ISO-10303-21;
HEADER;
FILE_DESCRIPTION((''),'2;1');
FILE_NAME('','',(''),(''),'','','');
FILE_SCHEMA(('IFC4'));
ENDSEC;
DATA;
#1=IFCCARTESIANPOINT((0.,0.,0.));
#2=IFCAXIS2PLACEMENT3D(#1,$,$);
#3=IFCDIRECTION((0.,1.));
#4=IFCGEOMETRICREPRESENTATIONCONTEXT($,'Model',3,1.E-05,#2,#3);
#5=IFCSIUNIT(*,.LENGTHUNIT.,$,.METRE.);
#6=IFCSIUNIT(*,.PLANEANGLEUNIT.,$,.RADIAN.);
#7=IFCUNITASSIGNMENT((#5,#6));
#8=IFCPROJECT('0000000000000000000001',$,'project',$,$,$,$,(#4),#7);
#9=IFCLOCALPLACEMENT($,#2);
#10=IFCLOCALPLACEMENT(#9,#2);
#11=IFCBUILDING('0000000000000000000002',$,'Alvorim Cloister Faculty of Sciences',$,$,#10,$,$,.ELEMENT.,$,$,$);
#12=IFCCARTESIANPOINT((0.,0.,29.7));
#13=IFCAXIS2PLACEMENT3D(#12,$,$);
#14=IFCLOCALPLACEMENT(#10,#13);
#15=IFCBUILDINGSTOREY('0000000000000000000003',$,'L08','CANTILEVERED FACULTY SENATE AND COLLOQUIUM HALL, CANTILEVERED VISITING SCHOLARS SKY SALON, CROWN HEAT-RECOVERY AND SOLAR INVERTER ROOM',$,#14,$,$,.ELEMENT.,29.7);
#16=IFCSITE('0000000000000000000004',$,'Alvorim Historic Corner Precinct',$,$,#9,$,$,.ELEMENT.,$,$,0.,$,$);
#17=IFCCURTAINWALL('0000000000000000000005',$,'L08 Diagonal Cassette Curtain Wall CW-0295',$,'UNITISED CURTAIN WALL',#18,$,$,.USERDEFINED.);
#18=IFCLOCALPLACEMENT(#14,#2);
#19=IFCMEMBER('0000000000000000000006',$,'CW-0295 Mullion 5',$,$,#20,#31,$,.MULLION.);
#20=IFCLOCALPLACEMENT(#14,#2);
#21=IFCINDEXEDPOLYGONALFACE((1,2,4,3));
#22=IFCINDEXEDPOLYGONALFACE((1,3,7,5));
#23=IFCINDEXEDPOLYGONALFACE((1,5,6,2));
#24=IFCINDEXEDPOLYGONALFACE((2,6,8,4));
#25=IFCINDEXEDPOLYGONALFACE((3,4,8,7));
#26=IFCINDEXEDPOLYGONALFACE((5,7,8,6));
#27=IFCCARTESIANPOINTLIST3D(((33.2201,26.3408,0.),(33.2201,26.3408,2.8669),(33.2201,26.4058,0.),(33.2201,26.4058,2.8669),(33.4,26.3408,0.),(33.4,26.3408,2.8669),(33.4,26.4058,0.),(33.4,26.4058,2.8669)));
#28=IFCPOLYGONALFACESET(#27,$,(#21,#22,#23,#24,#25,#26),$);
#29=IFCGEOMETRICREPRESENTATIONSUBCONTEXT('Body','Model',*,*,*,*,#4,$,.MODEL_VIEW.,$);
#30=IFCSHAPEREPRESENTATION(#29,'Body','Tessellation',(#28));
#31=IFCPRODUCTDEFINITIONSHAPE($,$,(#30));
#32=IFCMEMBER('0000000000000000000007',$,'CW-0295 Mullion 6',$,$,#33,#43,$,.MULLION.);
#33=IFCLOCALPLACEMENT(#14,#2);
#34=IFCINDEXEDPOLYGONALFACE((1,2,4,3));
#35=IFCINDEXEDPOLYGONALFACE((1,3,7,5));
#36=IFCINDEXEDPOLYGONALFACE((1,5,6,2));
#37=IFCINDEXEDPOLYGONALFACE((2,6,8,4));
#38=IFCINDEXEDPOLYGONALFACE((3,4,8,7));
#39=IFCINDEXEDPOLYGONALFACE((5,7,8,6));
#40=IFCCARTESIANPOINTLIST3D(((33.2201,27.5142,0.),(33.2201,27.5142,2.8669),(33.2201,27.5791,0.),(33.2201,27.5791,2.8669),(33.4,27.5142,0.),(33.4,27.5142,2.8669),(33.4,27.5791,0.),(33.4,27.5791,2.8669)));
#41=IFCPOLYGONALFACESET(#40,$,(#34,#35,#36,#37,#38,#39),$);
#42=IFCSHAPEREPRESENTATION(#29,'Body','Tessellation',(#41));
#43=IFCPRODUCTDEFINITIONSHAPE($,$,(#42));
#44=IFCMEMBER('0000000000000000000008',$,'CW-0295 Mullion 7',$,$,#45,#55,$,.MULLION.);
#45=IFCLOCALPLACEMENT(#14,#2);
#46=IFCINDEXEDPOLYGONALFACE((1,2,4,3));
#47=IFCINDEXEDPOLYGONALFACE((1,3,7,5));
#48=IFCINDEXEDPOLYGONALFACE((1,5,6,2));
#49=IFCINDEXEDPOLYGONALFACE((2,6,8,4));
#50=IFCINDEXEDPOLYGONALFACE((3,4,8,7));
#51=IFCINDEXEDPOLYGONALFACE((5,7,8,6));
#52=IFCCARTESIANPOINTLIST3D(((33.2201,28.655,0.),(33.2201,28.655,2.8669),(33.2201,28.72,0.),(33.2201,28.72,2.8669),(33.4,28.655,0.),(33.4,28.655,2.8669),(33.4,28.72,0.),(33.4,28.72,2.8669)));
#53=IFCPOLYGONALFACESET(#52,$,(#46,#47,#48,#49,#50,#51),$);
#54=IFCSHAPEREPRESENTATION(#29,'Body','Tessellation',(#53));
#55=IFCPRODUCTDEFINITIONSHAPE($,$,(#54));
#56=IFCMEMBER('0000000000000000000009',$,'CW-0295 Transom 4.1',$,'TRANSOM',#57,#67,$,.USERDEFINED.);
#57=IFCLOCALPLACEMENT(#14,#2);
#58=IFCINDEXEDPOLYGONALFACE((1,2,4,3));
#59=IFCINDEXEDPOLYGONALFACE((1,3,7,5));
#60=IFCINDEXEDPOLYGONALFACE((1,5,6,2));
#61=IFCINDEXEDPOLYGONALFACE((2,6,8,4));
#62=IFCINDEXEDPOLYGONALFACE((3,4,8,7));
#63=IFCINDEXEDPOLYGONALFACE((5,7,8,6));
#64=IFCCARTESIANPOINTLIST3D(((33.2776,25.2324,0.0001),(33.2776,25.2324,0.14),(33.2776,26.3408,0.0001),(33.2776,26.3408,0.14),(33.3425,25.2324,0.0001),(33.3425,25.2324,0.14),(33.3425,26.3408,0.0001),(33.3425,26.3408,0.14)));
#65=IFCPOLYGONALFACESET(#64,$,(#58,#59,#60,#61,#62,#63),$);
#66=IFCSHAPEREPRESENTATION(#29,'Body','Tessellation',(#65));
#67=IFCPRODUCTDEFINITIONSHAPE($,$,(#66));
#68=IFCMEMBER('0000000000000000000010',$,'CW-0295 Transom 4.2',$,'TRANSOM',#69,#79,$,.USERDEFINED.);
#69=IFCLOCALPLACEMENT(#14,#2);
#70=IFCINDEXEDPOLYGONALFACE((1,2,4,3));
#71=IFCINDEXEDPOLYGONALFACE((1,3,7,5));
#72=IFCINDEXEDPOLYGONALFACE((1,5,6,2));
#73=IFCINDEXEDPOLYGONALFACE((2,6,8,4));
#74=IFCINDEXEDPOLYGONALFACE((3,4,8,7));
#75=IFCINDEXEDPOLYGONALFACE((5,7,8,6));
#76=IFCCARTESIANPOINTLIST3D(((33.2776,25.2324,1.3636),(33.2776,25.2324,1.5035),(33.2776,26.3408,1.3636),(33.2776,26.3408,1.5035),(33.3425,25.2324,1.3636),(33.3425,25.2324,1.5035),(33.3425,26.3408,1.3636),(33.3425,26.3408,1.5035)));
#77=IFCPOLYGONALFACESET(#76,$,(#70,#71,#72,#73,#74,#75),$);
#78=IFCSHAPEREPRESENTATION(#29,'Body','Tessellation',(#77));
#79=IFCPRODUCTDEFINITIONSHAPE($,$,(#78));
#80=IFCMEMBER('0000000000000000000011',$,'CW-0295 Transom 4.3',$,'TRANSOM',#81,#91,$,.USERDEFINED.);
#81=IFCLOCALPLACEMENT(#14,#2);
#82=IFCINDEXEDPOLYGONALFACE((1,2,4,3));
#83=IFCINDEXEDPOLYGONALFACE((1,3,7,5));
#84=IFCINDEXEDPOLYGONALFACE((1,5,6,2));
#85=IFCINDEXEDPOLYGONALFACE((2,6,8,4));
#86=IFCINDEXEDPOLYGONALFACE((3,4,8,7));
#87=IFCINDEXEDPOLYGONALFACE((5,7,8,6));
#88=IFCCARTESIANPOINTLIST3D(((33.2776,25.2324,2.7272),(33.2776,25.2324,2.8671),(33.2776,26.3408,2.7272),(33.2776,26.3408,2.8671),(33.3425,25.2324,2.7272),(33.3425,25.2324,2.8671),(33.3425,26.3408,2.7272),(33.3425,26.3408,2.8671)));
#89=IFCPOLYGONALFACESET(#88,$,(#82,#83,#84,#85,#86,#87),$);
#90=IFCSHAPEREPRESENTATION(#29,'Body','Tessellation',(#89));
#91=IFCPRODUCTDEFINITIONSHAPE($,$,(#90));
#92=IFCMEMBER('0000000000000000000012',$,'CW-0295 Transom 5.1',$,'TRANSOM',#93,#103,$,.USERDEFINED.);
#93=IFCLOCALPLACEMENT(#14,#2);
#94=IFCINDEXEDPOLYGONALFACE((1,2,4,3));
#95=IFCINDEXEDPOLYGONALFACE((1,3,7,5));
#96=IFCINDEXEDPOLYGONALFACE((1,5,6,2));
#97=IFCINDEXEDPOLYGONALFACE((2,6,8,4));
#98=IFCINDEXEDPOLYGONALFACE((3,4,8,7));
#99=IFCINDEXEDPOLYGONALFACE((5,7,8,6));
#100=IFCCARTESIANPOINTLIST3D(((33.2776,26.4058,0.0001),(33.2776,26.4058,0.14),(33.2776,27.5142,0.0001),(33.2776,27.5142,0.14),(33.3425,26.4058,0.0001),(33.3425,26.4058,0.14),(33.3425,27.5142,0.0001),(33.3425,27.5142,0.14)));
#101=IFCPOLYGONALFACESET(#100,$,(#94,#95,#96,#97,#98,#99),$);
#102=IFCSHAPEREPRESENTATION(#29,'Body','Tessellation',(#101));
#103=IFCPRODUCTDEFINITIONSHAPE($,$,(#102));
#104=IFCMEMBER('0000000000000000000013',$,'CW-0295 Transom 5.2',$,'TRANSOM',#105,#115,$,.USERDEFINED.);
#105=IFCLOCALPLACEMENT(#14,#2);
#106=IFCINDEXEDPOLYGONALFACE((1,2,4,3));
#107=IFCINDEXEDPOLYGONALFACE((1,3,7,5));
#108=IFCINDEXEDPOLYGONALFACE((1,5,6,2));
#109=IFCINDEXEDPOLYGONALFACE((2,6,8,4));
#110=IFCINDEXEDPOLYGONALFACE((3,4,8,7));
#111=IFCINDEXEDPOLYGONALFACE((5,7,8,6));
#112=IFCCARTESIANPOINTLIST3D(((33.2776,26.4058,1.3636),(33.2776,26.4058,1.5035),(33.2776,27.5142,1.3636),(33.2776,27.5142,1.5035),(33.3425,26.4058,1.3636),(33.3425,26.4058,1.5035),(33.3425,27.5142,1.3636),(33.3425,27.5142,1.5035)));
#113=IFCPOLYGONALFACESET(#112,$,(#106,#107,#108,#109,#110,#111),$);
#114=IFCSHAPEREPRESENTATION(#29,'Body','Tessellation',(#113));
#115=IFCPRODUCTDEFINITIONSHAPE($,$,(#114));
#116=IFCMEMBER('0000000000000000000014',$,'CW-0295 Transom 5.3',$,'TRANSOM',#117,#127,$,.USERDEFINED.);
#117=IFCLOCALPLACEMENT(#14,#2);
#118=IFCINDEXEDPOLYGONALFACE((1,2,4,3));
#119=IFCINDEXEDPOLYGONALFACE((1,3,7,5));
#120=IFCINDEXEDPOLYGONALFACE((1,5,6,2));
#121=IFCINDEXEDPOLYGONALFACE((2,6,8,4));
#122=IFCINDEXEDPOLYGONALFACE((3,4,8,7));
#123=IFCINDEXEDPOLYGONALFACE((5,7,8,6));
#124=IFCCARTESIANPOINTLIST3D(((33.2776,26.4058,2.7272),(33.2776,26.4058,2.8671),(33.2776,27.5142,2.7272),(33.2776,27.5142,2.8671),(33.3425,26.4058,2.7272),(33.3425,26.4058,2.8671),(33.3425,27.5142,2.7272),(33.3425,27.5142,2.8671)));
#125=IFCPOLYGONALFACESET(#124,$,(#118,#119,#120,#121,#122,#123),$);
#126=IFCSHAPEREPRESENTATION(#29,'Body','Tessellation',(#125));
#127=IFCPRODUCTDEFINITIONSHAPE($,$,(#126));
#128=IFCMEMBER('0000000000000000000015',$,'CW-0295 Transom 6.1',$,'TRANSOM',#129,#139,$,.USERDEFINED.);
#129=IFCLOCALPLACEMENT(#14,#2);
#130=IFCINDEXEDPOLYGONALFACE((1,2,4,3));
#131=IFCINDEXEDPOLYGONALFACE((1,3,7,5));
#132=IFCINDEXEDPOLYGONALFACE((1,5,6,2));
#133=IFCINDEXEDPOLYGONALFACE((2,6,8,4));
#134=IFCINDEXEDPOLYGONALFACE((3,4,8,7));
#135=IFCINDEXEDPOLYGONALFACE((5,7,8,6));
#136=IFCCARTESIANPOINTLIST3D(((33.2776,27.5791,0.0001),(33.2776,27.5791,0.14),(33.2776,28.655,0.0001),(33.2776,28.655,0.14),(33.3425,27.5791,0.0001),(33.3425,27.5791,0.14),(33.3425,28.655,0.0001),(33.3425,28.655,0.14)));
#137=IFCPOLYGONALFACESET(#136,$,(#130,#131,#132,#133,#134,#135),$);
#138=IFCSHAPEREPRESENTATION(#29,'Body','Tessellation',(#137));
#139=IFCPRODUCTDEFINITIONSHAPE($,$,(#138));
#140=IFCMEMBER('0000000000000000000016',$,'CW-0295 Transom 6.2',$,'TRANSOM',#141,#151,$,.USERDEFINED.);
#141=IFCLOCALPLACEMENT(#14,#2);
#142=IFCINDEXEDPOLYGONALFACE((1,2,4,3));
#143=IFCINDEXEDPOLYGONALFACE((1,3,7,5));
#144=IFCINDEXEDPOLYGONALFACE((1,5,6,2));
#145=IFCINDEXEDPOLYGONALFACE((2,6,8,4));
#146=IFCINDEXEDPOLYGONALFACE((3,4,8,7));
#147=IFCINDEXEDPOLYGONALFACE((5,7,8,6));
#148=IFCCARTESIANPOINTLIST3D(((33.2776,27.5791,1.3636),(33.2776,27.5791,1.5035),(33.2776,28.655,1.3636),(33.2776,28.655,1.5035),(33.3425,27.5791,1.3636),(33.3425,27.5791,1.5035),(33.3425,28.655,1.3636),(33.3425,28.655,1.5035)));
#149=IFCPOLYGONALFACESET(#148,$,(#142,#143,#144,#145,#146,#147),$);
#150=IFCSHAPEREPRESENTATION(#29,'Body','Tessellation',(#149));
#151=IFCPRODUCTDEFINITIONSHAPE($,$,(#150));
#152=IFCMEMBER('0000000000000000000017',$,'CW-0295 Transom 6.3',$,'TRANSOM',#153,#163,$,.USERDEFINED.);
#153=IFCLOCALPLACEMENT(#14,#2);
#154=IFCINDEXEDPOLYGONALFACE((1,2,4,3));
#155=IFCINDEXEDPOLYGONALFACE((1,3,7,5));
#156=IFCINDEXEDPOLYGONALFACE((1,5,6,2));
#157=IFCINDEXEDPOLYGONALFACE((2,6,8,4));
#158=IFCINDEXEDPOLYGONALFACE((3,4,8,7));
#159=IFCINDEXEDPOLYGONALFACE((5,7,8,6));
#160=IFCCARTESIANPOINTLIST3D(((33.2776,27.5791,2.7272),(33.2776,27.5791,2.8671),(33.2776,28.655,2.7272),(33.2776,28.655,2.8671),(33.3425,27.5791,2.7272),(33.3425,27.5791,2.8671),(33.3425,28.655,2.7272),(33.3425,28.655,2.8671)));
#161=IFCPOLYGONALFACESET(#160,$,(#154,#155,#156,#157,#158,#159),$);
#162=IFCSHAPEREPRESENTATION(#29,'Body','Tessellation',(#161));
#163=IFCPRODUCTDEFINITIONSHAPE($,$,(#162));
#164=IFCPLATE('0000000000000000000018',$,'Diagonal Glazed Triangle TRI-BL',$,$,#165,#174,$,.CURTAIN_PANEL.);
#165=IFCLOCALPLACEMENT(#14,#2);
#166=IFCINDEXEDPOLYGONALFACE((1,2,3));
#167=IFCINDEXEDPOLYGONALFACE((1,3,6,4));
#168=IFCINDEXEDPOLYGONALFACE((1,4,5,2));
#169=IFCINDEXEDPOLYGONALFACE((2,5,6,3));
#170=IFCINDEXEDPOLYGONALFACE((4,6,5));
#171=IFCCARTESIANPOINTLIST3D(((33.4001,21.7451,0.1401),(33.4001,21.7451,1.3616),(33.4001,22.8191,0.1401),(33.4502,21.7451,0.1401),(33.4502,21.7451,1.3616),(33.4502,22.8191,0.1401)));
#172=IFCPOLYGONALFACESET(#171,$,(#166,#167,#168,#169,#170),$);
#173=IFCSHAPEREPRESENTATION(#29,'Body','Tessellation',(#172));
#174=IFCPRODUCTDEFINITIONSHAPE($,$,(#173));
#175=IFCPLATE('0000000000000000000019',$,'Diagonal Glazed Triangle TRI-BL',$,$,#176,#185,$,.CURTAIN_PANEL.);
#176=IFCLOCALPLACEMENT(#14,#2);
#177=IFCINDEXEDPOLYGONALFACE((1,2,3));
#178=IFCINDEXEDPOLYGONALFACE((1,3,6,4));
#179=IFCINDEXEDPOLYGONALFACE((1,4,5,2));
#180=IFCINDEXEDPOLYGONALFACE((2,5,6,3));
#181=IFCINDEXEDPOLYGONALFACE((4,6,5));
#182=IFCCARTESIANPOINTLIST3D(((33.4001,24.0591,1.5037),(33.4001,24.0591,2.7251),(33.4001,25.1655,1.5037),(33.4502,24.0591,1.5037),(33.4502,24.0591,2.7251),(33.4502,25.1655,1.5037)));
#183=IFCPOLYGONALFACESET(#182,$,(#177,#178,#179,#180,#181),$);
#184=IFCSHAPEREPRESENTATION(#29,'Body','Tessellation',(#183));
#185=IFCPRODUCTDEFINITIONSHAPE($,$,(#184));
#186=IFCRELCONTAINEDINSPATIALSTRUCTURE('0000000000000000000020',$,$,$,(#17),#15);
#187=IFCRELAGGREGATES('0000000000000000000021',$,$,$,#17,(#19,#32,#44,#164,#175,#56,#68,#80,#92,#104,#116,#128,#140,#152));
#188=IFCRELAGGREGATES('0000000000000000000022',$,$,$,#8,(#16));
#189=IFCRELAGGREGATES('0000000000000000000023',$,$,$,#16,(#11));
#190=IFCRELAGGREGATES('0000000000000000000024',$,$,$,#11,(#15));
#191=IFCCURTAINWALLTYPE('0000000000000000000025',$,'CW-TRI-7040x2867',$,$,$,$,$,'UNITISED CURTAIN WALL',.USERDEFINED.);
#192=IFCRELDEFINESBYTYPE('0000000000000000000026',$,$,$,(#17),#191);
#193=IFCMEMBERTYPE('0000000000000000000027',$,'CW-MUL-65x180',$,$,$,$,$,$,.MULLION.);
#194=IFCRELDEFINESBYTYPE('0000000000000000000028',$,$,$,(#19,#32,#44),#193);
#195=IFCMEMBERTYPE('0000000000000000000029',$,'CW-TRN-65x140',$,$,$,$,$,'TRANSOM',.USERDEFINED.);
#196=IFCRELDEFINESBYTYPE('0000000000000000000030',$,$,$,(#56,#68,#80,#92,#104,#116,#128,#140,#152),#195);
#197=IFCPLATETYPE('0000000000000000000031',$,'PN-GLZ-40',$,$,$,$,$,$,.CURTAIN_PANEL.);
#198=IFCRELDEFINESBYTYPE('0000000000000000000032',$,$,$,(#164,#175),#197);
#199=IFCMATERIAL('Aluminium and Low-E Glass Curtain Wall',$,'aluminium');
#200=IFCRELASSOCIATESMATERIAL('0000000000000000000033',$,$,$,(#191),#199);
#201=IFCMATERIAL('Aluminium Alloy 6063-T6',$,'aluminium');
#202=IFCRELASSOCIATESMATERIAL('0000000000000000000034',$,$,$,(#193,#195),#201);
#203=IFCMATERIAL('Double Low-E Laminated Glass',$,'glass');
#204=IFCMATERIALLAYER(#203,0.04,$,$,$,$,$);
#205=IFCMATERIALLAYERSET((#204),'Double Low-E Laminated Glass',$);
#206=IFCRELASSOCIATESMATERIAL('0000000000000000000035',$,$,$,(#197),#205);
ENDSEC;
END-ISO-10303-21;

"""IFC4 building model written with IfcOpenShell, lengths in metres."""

from ifc_helpers import new_model, si_unit, direction, frame, origin, origin_2d, place, context, subcontext, project, spatial, polyline, rectangle, outline, extrude, material, layer, layer_set, material_profile, profile_set, type_object, element, aggregate, save


model = new_model("IFC4")

# Units and contexts
model_context = context("Model", 3, precision=1e-05, world=origin(), true_north=direction((0.0, 1.0)))
body_context = subcontext(model_context, "Body", "Model", "MODEL_VIEW")
ifc_project = project(units=[si_unit("LENGTHUNIT", "METRE"), si_unit("PLANEANGLEUNIT", "RADIAN")], contexts=[model_context])

# Site, building, storey
site_placement = place(None, origin())
site = spatial("IfcSite", under=ifc_project, at=site_placement, Name="Alvorim Historic Corner Precinct", CompositionType="ELEMENT", RefElevation=0.0)
building_placement = place(site_placement, origin())
building = spatial("IfcBuilding", under=site, at=building_placement, Name="Alvorim Cloister Faculty of Sciences", CompositionType="ELEMENT")
storey_placement = place(building_placement, frame((0.0, 0.0, 29.7)))
storey = spatial("IfcBuildingStorey", under=building, at=storey_placement, Name="L08", Description="CANTILEVERED FACULTY SENATE AND COLLOQUIUM HALL, CANTILEVERED VISITING SCHOLARS SKY SALON, CROWN HEAT-RECOVERY AND SOLAR INVERTER ROOM", CompositionType="ELEMENT", Elevation=29.7)

# Curtain wall, members, plates
ifc_material_1 = material(Name="Aluminium and Low-E Glass Curtain Wall", Category="aluminium")
curtain_wall_type = type_object("IfcCurtainWallType", Name="CW-TRI-7040x2867", ElementType="UNITISED CURTAIN WALL", PredefinedType="USERDEFINED", material=ifc_material_1)
curtain_wall_placement = place(storey_placement, origin())
curtain_wall = element("IfcCurtainWall", 1, at=curtain_wall_placement, inside=storey, type_object=curtain_wall_type, Name="L08 Diagonal Cassette Curtain Wall CW-0295", ObjectType="UNITISED CURTAIN WALL", PredefinedType="USERDEFINED")
ifc_material_2 = material(Name="Aluminium Alloy 6063-T6", Category="aluminium")
ifc_material_profile_1 = material_profile(ifc_material_2, rectangle(XDim=0.0649, YDim=0.1799, at=origin_2d()), Name="ALU-MUL-65x180")
ifc_profile_set_1 = profile_set([ifc_material_profile_1], Name="Aluminium Alloy 6063-T6")
member_type_1 = type_object("IfcMemberType", Name="CW-MUL-65x180", PredefinedType="MULLION", material=ifc_profile_set_1)
member_1_placement = place(storey_placement, frame((33.3101, 26.3733, 0.0), z_axis=(0.0, 0.0, 1.0), x_axis=(0.0, 1.0, 0.0)))
member_1 = element("IfcMember", 2, at=member_1_placement, type_object=member_type_1, Name="CW-0295 Mullion 5", PredefinedType="MULLION", context=body_context, shape_type="SweptSolid", body=[
    extrude(rectangle(XDim=0.0649, YDim=0.1799, at=origin_2d()), origin(), (0.0, 0.0, 1.0), 2.8669),
])
member_2_placement = place(storey_placement, frame((33.3101, 27.5466, 0.0), z_axis=(0.0, 0.0, 1.0), x_axis=(0.0, 1.0, 0.0)))
member_2 = element("IfcMember", 3, at=member_2_placement, type_object=member_type_1, Name="CW-0295 Mullion 6", PredefinedType="MULLION", context=body_context, shape_type="SweptSolid", body=[
    extrude(rectangle(XDim=0.0649, YDim=0.1799, at=origin_2d()), origin(), (0.0, 0.0, 1.0), 2.8669),
])
member_3_placement = place(storey_placement, frame((33.3101, 28.6875, 0.0), z_axis=(0.0, 0.0, 1.0), x_axis=(0.0, 1.0, 0.0)))
member_3 = element("IfcMember", 4, at=member_3_placement, type_object=member_type_1, Name="CW-0295 Mullion 7", PredefinedType="MULLION", context=body_context, shape_type="SweptSolid", body=[
    extrude(rectangle(XDim=0.0649, YDim=0.1799, at=origin_2d()), origin(), (0.0, 0.0, 1.0), 2.8669),
])
ifc_material_profile_2 = material_profile(ifc_material_2, rectangle(XDim=0.0649, YDim=0.1399, at=origin_2d()), Name="ALU-TRN-65x140")
ifc_profile_set_2 = profile_set([ifc_material_profile_2], Name="Aluminium Alloy 6063-T6")
member_type_2 = type_object("IfcMemberType", Name="CW-TRN-65x140", ElementType="TRANSOM", PredefinedType="USERDEFINED", material=ifc_profile_set_2)
member_4_placement = place(storey_placement, frame((33.3101, 25.2324, 0.0701), z_axis=(0.0, 1.0, 0.0), x_axis=(-1.0, 0.0, 0.0)))
member_4 = element("IfcMember", 5, at=member_4_placement, type_object=member_type_2, Name="CW-0295 Transom 4.1", ObjectType="TRANSOM", PredefinedType="USERDEFINED", context=body_context, shape_type="SweptSolid", body=[
    extrude(rectangle(XDim=0.0649, YDim=0.1399, at=origin_2d()), origin(), (0.0, 0.0, 1.0), 1.1084),
])
member_5_placement = place(storey_placement, frame((33.3101, 25.2324, 1.4336), z_axis=(0.0, 1.0, 0.0), x_axis=(-1.0, 0.0, 0.0)))
member_5 = element("IfcMember", 6, at=member_5_placement, type_object=member_type_2, Name="CW-0295 Transom 4.2", ObjectType="TRANSOM", PredefinedType="USERDEFINED", context=body_context, shape_type="SweptSolid", body=[
    extrude(rectangle(XDim=0.0649, YDim=0.1399, at=origin_2d()), origin(), (0.0, 0.0, 1.0), 1.1084),
])
member_6_placement = place(storey_placement, frame((33.3101, 25.2324, 2.7971), z_axis=(0.0, 1.0, 0.0), x_axis=(-1.0, 0.0, 0.0)))
member_6 = element("IfcMember", 7, at=member_6_placement, type_object=member_type_2, Name="CW-0295 Transom 4.3", ObjectType="TRANSOM", PredefinedType="USERDEFINED", context=body_context, shape_type="SweptSolid", body=[
    extrude(rectangle(XDim=0.0649, YDim=0.1399, at=origin_2d()), origin(), (0.0, 0.0, 1.0), 1.1084),
])
member_7_placement = place(storey_placement, frame((33.3101, 26.4058, 0.0701), z_axis=(0.0, 1.0, 0.0), x_axis=(-1.0, 0.0, 0.0)))
member_7 = element("IfcMember", 8, at=member_7_placement, type_object=member_type_2, Name="CW-0295 Transom 5.1", ObjectType="TRANSOM", PredefinedType="USERDEFINED", context=body_context, shape_type="SweptSolid", body=[
    extrude(rectangle(XDim=0.0649, YDim=0.1399, at=origin_2d()), origin(), (0.0, 0.0, 1.0), 1.1084),
])
member_8_placement = place(storey_placement, frame((33.3101, 26.4058, 1.4336), z_axis=(0.0, 1.0, 0.0), x_axis=(-1.0, 0.0, 0.0)))
member_8 = element("IfcMember", 9, at=member_8_placement, type_object=member_type_2, Name="CW-0295 Transom 5.2", ObjectType="TRANSOM", PredefinedType="USERDEFINED", context=body_context, shape_type="SweptSolid", body=[
    extrude(rectangle(XDim=0.0649, YDim=0.1399, at=origin_2d()), origin(), (0.0, 0.0, 1.0), 1.1084),
])
member_9_placement = place(storey_placement, frame((33.3101, 26.4058, 2.7971), z_axis=(0.0, 1.0, 0.0), x_axis=(-1.0, 0.0, 0.0)))
member_9 = element("IfcMember", 10, at=member_9_placement, type_object=member_type_2, Name="CW-0295 Transom 5.3", ObjectType="TRANSOM", PredefinedType="USERDEFINED", context=body_context, shape_type="SweptSolid", body=[
    extrude(rectangle(XDim=0.0649, YDim=0.1399, at=origin_2d()), origin(), (0.0, 0.0, 1.0), 1.1084),
])
member_10_placement = place(storey_placement, frame((33.3101, 27.5791, 0.0701), z_axis=(0.0, 1.0, 0.0), x_axis=(-1.0, 0.0, 0.0)))
member_10 = element("IfcMember", 11, at=member_10_placement, type_object=member_type_2, Name="CW-0295 Transom 6.1", ObjectType="TRANSOM", PredefinedType="USERDEFINED", context=body_context, shape_type="SweptSolid", body=[
    extrude(rectangle(XDim=0.0649, YDim=0.1399, at=origin_2d()), origin(), (0.0, 0.0, 1.0), 1.0759),
])
member_11_placement = place(storey_placement, frame((33.3101, 27.5791, 1.4336), z_axis=(0.0, 1.0, 0.0), x_axis=(-1.0, 0.0, 0.0)))
member_11 = element("IfcMember", 12, at=member_11_placement, type_object=member_type_2, Name="CW-0295 Transom 6.2", ObjectType="TRANSOM", PredefinedType="USERDEFINED", context=body_context, shape_type="SweptSolid", body=[
    extrude(rectangle(XDim=0.0649, YDim=0.1399, at=origin_2d()), origin(), (0.0, 0.0, 1.0), 1.0759),
])
member_12_placement = place(storey_placement, frame((33.3101, 27.5791, 2.7971), z_axis=(0.0, 1.0, 0.0), x_axis=(-1.0, 0.0, 0.0)))
member_12 = element("IfcMember", 13, at=member_12_placement, type_object=member_type_2, Name="CW-0295 Transom 6.3", ObjectType="TRANSOM", PredefinedType="USERDEFINED", context=body_context, shape_type="SweptSolid", body=[
    extrude(rectangle(XDim=0.0649, YDim=0.1399, at=origin_2d()), origin(), (0.0, 0.0, 1.0), 1.0759),
])
ifc_material_3 = material(Name="Double Low-E Laminated Glass", Category="glass")
ifc_layer = layer(ifc_material_3, 0.04)
ifc_layer_set = layer_set([ifc_layer], Name="Double Low-E Laminated Glass")
plate_type = type_object("IfcPlateType", Name="PN-GLZ-40", PredefinedType="CURTAIN_PANEL", material=ifc_layer_set)
plate_1_placement = place(storey_placement, frame((33.425, 21.7451, 0.1401), z_axis=(0.0, 0.0, 1.0), x_axis=(0.0, 1.0, 0.0)))
plate_1 = element("IfcPlate", 14, at=plate_1_placement, type_object=plate_type, Name="Diagonal Glazed Triangle TRI-BL", PredefinedType="CURTAIN_PANEL", context=body_context, shape_type="SweptSolid", body=[
    extrude(outline(polyline([(0.0, 0.0), (1.074, 0.0), (0.0, 1.2214), (0.0, 0.0)])), frame((0.0, 0.0249, 0.0), z_axis=(0.0, -1.0, 0.0), x_axis=(1.0, 0.0, 0.0)), (0.0, 0.0, 1.0), 0.05),
])
plate_2_placement = place(storey_placement, frame((33.425, 24.0591, 1.5037), z_axis=(0.0, 0.0, 1.0), x_axis=(0.0, 1.0, 0.0)))
plate_2 = element("IfcPlate", 15, at=plate_2_placement, type_object=plate_type, Name="Diagonal Glazed Triangle TRI-BL", PredefinedType="CURTAIN_PANEL", context=body_context, shape_type="SweptSolid", body=[
    extrude(outline(polyline([(0.0, 0.0), (1.1064, 0.0), (0.0, 1.2214), (0.0, 0.0)])), frame((0.0, 0.0249, 0.0), z_axis=(0.0, -1.0, 0.0), x_axis=(1.0, 0.0, 0.0)), (0.0, 0.0, 1.0), 0.05),
])
aggregate(curtain_wall, [member_1, member_2, member_3, plate_1, plate_2, member_4, member_5, member_6, member_7, member_8, member_9, member_10, member_11, member_12])

save(model, "model.ifc")
